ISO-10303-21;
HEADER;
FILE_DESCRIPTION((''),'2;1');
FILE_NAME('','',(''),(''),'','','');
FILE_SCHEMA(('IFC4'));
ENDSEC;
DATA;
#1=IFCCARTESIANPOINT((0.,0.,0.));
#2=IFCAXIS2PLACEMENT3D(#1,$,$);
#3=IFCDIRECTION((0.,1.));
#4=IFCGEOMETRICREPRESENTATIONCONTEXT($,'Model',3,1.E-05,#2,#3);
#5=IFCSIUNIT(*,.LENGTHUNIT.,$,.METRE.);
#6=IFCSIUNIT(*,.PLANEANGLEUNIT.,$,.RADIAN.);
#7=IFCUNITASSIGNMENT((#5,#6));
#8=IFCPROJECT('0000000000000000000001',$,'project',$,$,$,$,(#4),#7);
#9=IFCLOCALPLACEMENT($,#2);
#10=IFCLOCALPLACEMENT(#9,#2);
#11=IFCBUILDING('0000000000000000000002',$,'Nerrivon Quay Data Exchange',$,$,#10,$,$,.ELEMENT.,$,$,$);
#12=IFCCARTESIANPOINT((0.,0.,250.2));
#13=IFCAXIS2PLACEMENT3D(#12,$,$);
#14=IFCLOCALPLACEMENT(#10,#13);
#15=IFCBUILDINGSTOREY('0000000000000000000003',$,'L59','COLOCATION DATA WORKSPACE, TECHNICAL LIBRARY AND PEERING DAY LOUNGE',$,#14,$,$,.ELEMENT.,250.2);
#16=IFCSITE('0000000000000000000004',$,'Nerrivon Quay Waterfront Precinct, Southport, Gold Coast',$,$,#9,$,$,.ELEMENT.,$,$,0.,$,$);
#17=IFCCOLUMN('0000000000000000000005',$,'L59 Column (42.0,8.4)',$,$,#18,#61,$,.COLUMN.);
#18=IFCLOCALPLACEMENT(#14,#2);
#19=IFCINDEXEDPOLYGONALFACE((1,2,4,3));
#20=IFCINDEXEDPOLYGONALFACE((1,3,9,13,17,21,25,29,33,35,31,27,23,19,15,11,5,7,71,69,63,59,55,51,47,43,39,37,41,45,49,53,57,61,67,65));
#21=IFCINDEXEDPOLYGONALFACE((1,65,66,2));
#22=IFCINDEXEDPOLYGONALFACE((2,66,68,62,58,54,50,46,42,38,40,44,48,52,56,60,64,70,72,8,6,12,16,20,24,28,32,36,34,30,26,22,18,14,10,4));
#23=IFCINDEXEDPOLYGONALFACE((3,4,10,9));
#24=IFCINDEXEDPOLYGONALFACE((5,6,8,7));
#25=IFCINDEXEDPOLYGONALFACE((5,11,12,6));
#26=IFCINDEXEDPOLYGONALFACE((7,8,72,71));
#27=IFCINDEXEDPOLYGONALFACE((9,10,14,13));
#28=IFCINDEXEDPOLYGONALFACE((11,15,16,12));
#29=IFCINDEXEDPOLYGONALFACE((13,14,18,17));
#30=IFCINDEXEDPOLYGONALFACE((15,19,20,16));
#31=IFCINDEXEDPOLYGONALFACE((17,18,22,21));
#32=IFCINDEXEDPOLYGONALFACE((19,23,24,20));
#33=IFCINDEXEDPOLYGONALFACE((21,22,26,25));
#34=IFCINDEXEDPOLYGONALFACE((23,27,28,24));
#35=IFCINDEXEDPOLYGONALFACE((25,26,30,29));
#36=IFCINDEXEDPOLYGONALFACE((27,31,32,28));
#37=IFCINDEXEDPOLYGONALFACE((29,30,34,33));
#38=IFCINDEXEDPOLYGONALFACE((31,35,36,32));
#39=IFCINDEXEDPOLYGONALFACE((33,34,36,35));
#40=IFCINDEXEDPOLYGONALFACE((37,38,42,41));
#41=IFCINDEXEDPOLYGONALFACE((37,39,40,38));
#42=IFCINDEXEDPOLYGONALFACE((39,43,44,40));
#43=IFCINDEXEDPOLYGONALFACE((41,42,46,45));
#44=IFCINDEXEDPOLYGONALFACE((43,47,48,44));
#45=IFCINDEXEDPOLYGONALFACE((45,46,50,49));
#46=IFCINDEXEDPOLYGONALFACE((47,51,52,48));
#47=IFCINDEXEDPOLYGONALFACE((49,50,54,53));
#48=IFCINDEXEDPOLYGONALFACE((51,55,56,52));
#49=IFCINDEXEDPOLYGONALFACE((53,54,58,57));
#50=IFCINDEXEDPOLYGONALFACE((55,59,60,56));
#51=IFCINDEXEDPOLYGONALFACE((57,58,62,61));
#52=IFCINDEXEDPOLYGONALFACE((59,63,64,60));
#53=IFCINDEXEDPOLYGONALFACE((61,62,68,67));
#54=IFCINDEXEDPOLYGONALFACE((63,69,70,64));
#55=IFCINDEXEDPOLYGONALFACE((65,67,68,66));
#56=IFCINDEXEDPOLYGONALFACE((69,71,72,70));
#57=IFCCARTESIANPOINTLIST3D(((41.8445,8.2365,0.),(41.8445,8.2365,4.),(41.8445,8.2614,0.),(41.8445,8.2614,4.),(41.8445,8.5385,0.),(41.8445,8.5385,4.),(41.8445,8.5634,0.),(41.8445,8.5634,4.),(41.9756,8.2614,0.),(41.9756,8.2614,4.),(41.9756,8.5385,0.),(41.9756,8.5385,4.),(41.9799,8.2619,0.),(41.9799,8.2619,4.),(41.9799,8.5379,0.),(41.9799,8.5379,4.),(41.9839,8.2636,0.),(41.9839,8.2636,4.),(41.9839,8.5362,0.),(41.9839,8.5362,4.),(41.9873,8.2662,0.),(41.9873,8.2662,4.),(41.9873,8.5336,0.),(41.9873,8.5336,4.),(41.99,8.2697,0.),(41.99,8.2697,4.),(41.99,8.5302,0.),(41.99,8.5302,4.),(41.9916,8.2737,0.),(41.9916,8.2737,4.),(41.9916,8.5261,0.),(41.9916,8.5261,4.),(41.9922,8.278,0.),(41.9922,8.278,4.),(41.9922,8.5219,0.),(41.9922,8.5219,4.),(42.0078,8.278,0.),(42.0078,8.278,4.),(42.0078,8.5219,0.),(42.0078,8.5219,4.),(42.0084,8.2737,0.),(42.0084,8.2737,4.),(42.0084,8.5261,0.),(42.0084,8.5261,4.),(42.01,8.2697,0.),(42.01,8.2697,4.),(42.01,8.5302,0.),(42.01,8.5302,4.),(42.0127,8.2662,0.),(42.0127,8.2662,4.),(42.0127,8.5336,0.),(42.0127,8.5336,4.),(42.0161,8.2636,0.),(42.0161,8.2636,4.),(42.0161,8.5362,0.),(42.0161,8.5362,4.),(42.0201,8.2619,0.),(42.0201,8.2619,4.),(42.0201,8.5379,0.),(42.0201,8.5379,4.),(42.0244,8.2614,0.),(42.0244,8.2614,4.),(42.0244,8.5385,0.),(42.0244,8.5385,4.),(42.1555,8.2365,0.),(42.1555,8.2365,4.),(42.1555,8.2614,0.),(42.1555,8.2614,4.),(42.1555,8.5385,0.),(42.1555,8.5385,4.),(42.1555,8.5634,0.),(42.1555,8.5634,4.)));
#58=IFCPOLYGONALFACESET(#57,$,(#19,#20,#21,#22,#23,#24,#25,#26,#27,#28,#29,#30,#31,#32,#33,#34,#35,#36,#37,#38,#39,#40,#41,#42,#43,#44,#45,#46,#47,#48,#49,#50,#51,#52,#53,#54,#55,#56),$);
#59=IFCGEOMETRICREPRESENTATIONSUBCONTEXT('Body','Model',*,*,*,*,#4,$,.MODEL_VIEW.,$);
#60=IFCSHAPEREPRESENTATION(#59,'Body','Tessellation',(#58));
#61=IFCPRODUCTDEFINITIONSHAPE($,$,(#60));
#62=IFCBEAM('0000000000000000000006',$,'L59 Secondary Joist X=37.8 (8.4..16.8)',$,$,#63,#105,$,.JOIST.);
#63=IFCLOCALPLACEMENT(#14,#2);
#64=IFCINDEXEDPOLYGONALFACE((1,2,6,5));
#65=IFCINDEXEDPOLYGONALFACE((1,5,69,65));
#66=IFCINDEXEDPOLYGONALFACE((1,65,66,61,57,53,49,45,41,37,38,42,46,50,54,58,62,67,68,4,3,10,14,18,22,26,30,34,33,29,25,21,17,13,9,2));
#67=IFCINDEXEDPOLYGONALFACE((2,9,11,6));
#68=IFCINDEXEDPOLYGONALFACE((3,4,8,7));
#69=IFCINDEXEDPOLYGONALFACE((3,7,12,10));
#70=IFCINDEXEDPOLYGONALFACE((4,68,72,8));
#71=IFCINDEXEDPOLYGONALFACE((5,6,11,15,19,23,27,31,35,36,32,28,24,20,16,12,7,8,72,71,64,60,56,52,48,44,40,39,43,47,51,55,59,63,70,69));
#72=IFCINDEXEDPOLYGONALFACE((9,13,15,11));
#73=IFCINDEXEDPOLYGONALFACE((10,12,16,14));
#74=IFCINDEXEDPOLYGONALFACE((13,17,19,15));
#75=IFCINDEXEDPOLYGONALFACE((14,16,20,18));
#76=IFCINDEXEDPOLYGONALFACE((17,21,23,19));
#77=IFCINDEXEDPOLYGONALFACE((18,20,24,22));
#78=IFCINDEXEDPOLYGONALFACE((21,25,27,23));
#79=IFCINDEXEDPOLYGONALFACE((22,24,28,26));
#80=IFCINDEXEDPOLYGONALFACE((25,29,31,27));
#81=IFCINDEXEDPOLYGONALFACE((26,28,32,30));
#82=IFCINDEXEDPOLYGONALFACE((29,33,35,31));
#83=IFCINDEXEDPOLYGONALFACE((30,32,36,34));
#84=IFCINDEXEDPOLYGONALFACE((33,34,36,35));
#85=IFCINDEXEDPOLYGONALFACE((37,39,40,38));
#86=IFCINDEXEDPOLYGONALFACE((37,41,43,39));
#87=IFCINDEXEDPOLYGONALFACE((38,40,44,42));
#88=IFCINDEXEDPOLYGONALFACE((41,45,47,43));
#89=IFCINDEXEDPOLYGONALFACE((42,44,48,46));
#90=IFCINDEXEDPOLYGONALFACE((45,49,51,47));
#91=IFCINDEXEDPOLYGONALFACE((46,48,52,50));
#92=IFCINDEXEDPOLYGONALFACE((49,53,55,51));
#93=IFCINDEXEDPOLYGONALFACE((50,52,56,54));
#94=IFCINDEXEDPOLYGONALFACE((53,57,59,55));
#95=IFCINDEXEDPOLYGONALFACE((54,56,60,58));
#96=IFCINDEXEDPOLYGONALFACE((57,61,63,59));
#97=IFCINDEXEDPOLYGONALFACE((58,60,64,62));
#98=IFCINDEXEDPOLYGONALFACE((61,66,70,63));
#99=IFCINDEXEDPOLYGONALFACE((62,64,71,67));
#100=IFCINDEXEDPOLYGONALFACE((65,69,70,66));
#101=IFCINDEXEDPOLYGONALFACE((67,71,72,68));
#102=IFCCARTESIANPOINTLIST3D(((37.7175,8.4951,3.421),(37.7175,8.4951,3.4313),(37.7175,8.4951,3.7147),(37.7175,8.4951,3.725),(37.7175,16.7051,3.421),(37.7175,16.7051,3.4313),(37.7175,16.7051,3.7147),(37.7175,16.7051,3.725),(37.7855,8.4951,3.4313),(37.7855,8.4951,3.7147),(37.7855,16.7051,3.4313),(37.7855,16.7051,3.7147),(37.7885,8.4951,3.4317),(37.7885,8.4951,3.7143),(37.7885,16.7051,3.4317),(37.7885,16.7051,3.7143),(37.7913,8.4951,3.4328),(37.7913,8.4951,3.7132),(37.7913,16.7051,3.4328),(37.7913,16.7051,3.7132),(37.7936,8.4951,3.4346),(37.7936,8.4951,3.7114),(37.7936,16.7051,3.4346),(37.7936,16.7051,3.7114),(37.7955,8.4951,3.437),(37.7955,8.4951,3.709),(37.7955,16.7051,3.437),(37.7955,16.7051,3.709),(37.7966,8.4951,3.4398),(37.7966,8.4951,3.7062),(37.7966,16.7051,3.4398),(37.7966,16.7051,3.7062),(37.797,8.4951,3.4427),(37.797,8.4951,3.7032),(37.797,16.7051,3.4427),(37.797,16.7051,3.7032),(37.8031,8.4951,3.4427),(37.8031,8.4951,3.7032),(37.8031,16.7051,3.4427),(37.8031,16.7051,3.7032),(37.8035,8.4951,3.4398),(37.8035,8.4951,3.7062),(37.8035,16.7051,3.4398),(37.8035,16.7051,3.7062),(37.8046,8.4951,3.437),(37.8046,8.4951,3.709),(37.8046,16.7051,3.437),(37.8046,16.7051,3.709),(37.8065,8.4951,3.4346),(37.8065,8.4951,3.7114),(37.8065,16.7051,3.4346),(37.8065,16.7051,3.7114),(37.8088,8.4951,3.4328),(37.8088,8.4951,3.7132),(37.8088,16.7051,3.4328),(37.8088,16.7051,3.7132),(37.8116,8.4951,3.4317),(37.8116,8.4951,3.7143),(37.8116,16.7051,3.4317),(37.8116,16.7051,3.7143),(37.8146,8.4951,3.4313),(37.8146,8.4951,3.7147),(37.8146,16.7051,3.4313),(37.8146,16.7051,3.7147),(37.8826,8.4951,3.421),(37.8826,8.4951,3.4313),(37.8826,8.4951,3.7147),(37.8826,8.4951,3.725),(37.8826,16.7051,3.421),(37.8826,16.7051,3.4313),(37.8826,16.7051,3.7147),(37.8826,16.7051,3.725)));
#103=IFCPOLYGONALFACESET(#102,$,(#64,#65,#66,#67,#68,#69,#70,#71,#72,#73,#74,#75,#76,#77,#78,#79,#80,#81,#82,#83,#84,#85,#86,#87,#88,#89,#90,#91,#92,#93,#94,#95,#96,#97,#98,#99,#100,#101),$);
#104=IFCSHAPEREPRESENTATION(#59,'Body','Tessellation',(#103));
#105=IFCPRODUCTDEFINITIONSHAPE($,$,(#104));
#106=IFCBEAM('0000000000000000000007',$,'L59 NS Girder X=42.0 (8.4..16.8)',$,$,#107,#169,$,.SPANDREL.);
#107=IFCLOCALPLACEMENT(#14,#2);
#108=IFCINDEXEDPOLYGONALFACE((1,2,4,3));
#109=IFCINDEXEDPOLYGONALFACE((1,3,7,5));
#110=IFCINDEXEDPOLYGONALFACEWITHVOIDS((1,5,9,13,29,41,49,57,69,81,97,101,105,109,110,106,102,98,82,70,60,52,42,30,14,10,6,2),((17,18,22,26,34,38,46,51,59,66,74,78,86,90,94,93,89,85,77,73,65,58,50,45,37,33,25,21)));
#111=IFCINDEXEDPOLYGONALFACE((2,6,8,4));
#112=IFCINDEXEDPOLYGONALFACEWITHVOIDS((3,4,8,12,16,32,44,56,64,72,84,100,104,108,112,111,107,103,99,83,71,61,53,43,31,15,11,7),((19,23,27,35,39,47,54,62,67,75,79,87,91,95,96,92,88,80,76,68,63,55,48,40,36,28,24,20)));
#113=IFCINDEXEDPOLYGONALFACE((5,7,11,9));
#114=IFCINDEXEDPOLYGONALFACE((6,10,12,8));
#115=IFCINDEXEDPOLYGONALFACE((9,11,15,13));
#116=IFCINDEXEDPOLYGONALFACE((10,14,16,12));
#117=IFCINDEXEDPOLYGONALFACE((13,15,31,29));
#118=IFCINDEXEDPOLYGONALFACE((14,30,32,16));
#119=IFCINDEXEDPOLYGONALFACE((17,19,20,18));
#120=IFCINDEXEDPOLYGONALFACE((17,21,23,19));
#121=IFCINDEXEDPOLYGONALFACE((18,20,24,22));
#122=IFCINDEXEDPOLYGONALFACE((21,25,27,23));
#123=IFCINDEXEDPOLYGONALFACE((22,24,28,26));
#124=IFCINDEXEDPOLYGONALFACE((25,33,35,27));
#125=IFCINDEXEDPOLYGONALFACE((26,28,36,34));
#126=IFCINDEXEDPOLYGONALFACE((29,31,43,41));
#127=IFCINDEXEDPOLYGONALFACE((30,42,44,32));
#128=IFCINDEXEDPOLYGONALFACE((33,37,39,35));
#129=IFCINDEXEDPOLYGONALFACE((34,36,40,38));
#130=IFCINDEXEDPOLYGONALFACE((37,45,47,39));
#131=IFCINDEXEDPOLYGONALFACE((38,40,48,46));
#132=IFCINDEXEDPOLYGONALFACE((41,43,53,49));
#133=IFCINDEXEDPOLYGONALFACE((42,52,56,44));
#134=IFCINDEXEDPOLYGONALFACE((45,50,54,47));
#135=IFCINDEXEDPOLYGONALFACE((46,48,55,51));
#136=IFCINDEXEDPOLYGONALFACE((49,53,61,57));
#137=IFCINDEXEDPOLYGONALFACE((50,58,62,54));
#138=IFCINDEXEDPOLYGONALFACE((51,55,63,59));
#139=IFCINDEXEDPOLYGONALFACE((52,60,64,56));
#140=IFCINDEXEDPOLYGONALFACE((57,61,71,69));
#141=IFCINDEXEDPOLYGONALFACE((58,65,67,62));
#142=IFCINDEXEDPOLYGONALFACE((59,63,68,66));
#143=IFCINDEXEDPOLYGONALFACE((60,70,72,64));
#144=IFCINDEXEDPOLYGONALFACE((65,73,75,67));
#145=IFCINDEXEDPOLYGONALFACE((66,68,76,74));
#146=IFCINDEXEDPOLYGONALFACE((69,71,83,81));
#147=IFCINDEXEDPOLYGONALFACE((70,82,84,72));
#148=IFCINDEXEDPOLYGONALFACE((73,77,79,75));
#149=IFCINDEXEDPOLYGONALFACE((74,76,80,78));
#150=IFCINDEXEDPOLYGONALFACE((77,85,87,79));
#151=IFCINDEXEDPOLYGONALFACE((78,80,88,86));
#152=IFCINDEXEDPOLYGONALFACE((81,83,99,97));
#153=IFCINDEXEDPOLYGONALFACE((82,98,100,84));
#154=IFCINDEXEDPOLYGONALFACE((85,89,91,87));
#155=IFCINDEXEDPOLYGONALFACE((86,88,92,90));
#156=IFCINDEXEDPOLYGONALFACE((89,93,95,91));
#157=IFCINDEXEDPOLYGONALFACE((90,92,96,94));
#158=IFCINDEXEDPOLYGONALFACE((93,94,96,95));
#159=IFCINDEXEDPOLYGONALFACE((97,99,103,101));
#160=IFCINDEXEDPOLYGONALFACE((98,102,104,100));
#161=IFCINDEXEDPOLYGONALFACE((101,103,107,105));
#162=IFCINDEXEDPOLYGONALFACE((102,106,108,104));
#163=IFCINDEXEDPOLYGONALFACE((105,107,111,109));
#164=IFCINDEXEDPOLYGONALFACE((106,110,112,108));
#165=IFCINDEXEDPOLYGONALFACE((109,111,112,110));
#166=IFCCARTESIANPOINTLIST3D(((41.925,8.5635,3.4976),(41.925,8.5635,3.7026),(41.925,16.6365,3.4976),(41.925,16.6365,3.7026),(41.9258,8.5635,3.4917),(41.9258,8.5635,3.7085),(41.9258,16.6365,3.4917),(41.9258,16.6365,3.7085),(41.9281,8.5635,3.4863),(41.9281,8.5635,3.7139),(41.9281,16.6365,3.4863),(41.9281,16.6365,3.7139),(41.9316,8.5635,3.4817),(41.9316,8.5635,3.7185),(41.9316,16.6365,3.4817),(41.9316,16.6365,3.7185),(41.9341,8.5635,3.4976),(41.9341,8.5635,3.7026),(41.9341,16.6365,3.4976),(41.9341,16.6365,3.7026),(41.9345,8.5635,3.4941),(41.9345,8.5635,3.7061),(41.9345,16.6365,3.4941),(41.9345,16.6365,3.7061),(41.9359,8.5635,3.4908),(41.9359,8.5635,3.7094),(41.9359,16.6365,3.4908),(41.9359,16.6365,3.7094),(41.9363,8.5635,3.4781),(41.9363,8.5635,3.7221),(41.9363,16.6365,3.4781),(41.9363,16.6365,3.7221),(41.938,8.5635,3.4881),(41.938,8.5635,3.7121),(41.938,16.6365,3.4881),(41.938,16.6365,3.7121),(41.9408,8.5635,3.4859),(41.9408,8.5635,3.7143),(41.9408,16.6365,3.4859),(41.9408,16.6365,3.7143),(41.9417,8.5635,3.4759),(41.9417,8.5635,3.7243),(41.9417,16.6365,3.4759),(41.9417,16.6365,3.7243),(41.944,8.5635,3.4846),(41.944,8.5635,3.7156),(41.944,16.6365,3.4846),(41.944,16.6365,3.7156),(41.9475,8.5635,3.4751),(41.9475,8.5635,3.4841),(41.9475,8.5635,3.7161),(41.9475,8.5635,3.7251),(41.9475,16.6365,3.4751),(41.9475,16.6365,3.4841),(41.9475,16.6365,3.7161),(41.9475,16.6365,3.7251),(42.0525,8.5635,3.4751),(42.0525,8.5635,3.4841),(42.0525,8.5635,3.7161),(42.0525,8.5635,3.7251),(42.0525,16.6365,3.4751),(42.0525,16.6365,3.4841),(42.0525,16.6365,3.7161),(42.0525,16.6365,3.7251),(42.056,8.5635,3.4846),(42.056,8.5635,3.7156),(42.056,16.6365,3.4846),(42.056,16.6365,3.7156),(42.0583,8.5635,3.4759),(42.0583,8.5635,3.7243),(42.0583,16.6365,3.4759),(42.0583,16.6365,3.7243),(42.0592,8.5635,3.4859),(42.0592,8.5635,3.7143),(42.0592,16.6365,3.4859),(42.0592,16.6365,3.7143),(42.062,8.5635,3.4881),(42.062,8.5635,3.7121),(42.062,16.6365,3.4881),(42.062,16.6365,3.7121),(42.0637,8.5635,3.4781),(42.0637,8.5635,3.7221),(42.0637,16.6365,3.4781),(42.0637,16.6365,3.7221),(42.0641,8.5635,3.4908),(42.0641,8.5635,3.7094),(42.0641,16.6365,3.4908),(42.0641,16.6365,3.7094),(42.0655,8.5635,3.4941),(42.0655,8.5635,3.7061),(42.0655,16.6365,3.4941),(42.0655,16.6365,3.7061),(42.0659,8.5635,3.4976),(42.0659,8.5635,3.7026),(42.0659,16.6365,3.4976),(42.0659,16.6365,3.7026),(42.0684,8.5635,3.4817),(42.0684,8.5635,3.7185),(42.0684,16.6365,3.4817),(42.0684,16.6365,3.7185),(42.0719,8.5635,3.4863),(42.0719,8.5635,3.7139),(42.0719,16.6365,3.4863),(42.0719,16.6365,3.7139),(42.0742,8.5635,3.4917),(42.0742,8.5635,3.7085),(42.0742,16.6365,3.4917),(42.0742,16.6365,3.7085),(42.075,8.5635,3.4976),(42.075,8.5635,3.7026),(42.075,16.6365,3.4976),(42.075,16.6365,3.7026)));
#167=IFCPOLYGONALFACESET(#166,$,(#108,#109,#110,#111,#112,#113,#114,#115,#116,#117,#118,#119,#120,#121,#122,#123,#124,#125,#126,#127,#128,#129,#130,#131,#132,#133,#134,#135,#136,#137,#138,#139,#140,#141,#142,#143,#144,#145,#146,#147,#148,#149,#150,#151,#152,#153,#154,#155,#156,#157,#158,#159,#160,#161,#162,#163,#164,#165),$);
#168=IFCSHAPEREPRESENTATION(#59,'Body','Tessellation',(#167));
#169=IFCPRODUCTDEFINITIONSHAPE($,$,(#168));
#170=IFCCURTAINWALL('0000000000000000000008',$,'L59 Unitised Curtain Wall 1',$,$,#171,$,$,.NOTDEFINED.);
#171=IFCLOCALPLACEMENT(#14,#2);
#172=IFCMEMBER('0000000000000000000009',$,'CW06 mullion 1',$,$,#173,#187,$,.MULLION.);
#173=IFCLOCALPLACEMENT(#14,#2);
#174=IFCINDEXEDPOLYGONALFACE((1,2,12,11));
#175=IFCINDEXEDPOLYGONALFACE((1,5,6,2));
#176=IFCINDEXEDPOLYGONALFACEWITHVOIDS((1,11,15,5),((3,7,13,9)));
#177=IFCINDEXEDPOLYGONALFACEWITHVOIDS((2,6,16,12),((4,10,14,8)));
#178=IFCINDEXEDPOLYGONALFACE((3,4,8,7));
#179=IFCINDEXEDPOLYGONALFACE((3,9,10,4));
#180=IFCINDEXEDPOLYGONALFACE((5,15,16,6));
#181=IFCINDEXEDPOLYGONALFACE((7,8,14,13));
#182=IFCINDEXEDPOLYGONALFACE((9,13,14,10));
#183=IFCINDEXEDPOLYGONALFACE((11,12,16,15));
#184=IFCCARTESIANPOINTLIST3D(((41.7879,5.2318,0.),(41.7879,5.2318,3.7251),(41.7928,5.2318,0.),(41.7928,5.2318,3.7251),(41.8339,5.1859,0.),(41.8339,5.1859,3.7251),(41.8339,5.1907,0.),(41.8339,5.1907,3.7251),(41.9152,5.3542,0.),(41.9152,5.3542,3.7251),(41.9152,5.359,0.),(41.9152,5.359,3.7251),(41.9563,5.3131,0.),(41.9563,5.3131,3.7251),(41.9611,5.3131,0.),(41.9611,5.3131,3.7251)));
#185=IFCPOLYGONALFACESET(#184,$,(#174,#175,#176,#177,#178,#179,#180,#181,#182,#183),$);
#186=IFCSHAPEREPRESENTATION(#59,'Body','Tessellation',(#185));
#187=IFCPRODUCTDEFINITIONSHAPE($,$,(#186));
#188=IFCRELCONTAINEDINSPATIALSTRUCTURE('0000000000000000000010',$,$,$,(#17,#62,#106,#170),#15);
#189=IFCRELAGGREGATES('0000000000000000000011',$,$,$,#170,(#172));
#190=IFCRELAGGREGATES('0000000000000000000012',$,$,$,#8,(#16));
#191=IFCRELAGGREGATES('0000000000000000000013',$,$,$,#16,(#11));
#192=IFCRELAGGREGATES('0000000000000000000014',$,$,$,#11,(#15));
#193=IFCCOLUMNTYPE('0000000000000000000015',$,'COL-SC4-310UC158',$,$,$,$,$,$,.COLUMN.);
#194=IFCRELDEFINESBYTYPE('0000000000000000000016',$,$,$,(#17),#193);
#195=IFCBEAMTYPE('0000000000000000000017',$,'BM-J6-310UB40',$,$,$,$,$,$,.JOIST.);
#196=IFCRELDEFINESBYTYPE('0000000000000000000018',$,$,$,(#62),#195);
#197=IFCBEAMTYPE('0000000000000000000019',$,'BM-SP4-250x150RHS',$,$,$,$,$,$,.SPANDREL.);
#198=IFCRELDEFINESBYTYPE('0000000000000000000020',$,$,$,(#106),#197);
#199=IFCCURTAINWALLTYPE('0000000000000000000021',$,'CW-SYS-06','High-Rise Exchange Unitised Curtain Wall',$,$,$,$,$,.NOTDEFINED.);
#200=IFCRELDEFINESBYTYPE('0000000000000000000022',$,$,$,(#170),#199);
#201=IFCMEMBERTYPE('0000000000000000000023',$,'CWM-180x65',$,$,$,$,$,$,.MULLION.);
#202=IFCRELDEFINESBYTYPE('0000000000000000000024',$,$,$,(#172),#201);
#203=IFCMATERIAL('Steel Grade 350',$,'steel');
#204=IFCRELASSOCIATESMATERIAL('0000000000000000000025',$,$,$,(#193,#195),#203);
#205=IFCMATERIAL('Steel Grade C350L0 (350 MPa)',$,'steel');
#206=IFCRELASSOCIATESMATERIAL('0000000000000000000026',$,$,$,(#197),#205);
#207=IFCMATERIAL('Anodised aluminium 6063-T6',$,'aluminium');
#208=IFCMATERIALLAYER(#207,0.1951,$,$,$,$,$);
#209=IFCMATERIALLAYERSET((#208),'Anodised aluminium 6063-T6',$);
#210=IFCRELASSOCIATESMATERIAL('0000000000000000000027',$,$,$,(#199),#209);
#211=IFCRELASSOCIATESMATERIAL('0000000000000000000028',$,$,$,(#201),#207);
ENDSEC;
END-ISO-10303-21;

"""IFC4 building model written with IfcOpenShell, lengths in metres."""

from ifc_helpers import new_model, si_unit, direction, frame, origin, origin_2d, place, context, subcontext, project, spatial, hollow_rectangle, i_section, extrude, material, layer, layer_set, material_profile, profile_set, type_object, element, aggregate, save


model = new_model("IFC4")

# Units and contexts
model_context = context("Model", 3, precision=1e-05, world=origin(), true_north=direction((0.0, 1.0)))
body_context = subcontext(model_context, "Body", "Model", "MODEL_VIEW")
ifc_project = project(units=[si_unit("LENGTHUNIT", "METRE"), si_unit("PLANEANGLEUNIT", "RADIAN")], contexts=[model_context])

# Site, building, storey
site_placement = place(None, origin())
site = spatial("IfcSite", under=ifc_project, at=site_placement, Name="Nerrivon Quay Waterfront Precinct, Southport, Gold Coast", CompositionType="ELEMENT", RefElevation=0.0)
building_placement = place(site_placement, origin())
building = spatial("IfcBuilding", under=site, at=building_placement, Name="Nerrivon Quay Data Exchange", CompositionType="ELEMENT")
storey_placement = place(building_placement, frame((0.0, 0.0, 250.2)))
storey = spatial("IfcBuildingStorey", under=building, at=storey_placement, Name="L59", Description="COLOCATION DATA WORKSPACE, TECHNICAL LIBRARY AND PEERING DAY LOUNGE", CompositionType="ELEMENT", Elevation=250.2)

# Column
ifc_material_1 = material(Name="Steel Grade 350", Category="steel")
ifc_material_profile_1 = material_profile(ifc_material_1, i_section(OverallWidth=0.311, OverallDepth=0.3269, WebThickness=0.0156, FlangeThickness=0.0249, FilletRadius=0.0166, at=origin_2d()), Name="310UC158")
ifc_profile_set_1 = profile_set([ifc_material_profile_1], Name="Steel Grade 350")
column_type = type_object("IfcColumnType", Name="COL-SC4-310UC158", PredefinedType="COLUMN", material=ifc_profile_set_1)
column_placement = place(storey_placement, frame((42.0, 8.3999, 0.0), z_axis=(0.0, 0.0, 1.0), x_axis=(1.0, 0.0, 0.0)))
element("IfcColumn", 1, at=column_placement, inside=storey, type_object=column_type, Name="L59 Column (42.0,8.4)", PredefinedType="COLUMN", context=body_context, shape_type="SweptSolid", body=[
    extrude(i_section(OverallWidth=0.311, OverallDepth=0.3269, WebThickness=0.0156, FlangeThickness=0.0249, FilletRadius=0.0166, at=origin_2d()), origin(), (0.0, 0.0, 1.0), 4.0),
])

# Beams
ifc_material_profile_2 = material_profile(ifc_material_1, i_section(OverallWidth=0.165, OverallDepth=0.304, WebThickness=0.0061, FlangeThickness=0.0103, FilletRadius=0.0115, at=origin_2d()), Name="310UB40.4")
ifc_profile_set_2 = profile_set([ifc_material_profile_2], Name="Steel Grade 350")
beam_type_1 = type_object("IfcBeamType", Name="BM-J6-310UB40", PredefinedType="JOIST", material=ifc_profile_set_2)
beam_1_placement = place(storey_placement, frame((37.8, 8.4951, 3.573), z_axis=(0.0, 1.0, 0.0), x_axis=(-1.0, 0.0, 0.0)))
element("IfcBeam", 2, at=beam_1_placement, inside=storey, type_object=beam_type_1, Name="L59 Secondary Joist X=37.8 (8.4..16.8)", PredefinedType="JOIST", context=body_context, shape_type="SweptSolid", body=[
    extrude(i_section(OverallWidth=0.165, OverallDepth=0.304, WebThickness=0.0061, FlangeThickness=0.0103, FilletRadius=0.0115, at=origin_2d()), origin(), (0.0, 0.0, 1.0), 8.21),
])
ifc_material_2 = material(Name="Steel Grade C350L0 (350 MPa)", Category="steel")
ifc_material_profile_3 = material_profile(ifc_material_2, hollow_rectangle(XDim=0.1499, YDim=0.25, WallThickness=0.009, InnerFilletRadius=0.0134, OuterFilletRadius=0.0225, at=origin_2d()), Name="250x150x9.0RHS")
ifc_profile_set_3 = profile_set([ifc_material_profile_3], Name="Steel Grade C350L0 (350 MPa)")
beam_type_2 = type_object("IfcBeamType", Name="BM-SP4-250x150RHS", PredefinedType="SPANDREL", material=ifc_profile_set_3)
beam_2_placement = place(storey_placement, frame((42.0, 8.5635, 3.6001), z_axis=(0.0, 1.0, 0.0), x_axis=(-1.0, 0.0, 0.0)))
element("IfcBeam", 3, at=beam_2_placement, inside=storey, type_object=beam_type_2, Name="L59 NS Girder X=42.0 (8.4..16.8)", PredefinedType="SPANDREL", context=body_context, shape_type="SweptSolid", body=[
    extrude(hollow_rectangle(XDim=0.1499, YDim=0.25, WallThickness=0.009, InnerFilletRadius=0.0134, OuterFilletRadius=0.0225, at=origin_2d()), origin(), (0.0, 0.0, 1.0), 8.073),
])

# Curtain wall, member
ifc_material_3 = material(Name="Anodised aluminium 6063-T6", Category="aluminium")
ifc_layer_1 = layer(ifc_material_3, 0.1951)
ifc_layer_set_1 = layer_set([ifc_layer_1], Name="Anodised aluminium 6063-T6")
curtain_wall_type = type_object("IfcCurtainWallType", Name="CW-SYS-06", Description="High-Rise Exchange Unitised Curtain Wall", PredefinedType="NOTDEFINED", material=ifc_layer_set_1)
curtain_wall_1_placement = place(storey_placement, origin())
curtain_wall_1 = element("IfcCurtainWall", 4, at=curtain_wall_1_placement, inside=storey, type_object=curtain_wall_type, Name="L59 Unitised Curtain Wall 1", PredefinedType="NOTDEFINED")
ifc_material_profile_4 = material_profile(ifc_material_3, hollow_rectangle(XDim=0.0649, YDim=0.1799, WallThickness=0.0034, at=origin_2d()), Name="ALU-MULL-180x65")
ifc_profile_set_4 = profile_set([ifc_material_profile_4], Name="Anodised aluminium 6063-T6")
member_type_1 = type_object("IfcMemberType", Name="CWM-180x65", PredefinedType="MULLION", material=ifc_profile_set_4)
member_1_placement = place(storey_placement, frame((41.8745, 5.2725, 0.0), z_axis=(0.0, 0.0, 1.0), x_axis=(0.707107, -0.707107, 0.0)))
member_1 = element("IfcMember", 5, at=member_1_placement, type_object=member_type_1, Name="CW06 mullion 1", PredefinedType="MULLION", context=body_context, shape_type="SweptSolid", body=[
    extrude(hollow_rectangle(XDim=0.0649, YDim=0.1799, WallThickness=0.0034, at=origin_2d()), origin(), (0.0, 0.0, 1.0), 3.7251),
])

aggregate(curtain_wall_1, [member_1])

save(model, "model.ifc")
